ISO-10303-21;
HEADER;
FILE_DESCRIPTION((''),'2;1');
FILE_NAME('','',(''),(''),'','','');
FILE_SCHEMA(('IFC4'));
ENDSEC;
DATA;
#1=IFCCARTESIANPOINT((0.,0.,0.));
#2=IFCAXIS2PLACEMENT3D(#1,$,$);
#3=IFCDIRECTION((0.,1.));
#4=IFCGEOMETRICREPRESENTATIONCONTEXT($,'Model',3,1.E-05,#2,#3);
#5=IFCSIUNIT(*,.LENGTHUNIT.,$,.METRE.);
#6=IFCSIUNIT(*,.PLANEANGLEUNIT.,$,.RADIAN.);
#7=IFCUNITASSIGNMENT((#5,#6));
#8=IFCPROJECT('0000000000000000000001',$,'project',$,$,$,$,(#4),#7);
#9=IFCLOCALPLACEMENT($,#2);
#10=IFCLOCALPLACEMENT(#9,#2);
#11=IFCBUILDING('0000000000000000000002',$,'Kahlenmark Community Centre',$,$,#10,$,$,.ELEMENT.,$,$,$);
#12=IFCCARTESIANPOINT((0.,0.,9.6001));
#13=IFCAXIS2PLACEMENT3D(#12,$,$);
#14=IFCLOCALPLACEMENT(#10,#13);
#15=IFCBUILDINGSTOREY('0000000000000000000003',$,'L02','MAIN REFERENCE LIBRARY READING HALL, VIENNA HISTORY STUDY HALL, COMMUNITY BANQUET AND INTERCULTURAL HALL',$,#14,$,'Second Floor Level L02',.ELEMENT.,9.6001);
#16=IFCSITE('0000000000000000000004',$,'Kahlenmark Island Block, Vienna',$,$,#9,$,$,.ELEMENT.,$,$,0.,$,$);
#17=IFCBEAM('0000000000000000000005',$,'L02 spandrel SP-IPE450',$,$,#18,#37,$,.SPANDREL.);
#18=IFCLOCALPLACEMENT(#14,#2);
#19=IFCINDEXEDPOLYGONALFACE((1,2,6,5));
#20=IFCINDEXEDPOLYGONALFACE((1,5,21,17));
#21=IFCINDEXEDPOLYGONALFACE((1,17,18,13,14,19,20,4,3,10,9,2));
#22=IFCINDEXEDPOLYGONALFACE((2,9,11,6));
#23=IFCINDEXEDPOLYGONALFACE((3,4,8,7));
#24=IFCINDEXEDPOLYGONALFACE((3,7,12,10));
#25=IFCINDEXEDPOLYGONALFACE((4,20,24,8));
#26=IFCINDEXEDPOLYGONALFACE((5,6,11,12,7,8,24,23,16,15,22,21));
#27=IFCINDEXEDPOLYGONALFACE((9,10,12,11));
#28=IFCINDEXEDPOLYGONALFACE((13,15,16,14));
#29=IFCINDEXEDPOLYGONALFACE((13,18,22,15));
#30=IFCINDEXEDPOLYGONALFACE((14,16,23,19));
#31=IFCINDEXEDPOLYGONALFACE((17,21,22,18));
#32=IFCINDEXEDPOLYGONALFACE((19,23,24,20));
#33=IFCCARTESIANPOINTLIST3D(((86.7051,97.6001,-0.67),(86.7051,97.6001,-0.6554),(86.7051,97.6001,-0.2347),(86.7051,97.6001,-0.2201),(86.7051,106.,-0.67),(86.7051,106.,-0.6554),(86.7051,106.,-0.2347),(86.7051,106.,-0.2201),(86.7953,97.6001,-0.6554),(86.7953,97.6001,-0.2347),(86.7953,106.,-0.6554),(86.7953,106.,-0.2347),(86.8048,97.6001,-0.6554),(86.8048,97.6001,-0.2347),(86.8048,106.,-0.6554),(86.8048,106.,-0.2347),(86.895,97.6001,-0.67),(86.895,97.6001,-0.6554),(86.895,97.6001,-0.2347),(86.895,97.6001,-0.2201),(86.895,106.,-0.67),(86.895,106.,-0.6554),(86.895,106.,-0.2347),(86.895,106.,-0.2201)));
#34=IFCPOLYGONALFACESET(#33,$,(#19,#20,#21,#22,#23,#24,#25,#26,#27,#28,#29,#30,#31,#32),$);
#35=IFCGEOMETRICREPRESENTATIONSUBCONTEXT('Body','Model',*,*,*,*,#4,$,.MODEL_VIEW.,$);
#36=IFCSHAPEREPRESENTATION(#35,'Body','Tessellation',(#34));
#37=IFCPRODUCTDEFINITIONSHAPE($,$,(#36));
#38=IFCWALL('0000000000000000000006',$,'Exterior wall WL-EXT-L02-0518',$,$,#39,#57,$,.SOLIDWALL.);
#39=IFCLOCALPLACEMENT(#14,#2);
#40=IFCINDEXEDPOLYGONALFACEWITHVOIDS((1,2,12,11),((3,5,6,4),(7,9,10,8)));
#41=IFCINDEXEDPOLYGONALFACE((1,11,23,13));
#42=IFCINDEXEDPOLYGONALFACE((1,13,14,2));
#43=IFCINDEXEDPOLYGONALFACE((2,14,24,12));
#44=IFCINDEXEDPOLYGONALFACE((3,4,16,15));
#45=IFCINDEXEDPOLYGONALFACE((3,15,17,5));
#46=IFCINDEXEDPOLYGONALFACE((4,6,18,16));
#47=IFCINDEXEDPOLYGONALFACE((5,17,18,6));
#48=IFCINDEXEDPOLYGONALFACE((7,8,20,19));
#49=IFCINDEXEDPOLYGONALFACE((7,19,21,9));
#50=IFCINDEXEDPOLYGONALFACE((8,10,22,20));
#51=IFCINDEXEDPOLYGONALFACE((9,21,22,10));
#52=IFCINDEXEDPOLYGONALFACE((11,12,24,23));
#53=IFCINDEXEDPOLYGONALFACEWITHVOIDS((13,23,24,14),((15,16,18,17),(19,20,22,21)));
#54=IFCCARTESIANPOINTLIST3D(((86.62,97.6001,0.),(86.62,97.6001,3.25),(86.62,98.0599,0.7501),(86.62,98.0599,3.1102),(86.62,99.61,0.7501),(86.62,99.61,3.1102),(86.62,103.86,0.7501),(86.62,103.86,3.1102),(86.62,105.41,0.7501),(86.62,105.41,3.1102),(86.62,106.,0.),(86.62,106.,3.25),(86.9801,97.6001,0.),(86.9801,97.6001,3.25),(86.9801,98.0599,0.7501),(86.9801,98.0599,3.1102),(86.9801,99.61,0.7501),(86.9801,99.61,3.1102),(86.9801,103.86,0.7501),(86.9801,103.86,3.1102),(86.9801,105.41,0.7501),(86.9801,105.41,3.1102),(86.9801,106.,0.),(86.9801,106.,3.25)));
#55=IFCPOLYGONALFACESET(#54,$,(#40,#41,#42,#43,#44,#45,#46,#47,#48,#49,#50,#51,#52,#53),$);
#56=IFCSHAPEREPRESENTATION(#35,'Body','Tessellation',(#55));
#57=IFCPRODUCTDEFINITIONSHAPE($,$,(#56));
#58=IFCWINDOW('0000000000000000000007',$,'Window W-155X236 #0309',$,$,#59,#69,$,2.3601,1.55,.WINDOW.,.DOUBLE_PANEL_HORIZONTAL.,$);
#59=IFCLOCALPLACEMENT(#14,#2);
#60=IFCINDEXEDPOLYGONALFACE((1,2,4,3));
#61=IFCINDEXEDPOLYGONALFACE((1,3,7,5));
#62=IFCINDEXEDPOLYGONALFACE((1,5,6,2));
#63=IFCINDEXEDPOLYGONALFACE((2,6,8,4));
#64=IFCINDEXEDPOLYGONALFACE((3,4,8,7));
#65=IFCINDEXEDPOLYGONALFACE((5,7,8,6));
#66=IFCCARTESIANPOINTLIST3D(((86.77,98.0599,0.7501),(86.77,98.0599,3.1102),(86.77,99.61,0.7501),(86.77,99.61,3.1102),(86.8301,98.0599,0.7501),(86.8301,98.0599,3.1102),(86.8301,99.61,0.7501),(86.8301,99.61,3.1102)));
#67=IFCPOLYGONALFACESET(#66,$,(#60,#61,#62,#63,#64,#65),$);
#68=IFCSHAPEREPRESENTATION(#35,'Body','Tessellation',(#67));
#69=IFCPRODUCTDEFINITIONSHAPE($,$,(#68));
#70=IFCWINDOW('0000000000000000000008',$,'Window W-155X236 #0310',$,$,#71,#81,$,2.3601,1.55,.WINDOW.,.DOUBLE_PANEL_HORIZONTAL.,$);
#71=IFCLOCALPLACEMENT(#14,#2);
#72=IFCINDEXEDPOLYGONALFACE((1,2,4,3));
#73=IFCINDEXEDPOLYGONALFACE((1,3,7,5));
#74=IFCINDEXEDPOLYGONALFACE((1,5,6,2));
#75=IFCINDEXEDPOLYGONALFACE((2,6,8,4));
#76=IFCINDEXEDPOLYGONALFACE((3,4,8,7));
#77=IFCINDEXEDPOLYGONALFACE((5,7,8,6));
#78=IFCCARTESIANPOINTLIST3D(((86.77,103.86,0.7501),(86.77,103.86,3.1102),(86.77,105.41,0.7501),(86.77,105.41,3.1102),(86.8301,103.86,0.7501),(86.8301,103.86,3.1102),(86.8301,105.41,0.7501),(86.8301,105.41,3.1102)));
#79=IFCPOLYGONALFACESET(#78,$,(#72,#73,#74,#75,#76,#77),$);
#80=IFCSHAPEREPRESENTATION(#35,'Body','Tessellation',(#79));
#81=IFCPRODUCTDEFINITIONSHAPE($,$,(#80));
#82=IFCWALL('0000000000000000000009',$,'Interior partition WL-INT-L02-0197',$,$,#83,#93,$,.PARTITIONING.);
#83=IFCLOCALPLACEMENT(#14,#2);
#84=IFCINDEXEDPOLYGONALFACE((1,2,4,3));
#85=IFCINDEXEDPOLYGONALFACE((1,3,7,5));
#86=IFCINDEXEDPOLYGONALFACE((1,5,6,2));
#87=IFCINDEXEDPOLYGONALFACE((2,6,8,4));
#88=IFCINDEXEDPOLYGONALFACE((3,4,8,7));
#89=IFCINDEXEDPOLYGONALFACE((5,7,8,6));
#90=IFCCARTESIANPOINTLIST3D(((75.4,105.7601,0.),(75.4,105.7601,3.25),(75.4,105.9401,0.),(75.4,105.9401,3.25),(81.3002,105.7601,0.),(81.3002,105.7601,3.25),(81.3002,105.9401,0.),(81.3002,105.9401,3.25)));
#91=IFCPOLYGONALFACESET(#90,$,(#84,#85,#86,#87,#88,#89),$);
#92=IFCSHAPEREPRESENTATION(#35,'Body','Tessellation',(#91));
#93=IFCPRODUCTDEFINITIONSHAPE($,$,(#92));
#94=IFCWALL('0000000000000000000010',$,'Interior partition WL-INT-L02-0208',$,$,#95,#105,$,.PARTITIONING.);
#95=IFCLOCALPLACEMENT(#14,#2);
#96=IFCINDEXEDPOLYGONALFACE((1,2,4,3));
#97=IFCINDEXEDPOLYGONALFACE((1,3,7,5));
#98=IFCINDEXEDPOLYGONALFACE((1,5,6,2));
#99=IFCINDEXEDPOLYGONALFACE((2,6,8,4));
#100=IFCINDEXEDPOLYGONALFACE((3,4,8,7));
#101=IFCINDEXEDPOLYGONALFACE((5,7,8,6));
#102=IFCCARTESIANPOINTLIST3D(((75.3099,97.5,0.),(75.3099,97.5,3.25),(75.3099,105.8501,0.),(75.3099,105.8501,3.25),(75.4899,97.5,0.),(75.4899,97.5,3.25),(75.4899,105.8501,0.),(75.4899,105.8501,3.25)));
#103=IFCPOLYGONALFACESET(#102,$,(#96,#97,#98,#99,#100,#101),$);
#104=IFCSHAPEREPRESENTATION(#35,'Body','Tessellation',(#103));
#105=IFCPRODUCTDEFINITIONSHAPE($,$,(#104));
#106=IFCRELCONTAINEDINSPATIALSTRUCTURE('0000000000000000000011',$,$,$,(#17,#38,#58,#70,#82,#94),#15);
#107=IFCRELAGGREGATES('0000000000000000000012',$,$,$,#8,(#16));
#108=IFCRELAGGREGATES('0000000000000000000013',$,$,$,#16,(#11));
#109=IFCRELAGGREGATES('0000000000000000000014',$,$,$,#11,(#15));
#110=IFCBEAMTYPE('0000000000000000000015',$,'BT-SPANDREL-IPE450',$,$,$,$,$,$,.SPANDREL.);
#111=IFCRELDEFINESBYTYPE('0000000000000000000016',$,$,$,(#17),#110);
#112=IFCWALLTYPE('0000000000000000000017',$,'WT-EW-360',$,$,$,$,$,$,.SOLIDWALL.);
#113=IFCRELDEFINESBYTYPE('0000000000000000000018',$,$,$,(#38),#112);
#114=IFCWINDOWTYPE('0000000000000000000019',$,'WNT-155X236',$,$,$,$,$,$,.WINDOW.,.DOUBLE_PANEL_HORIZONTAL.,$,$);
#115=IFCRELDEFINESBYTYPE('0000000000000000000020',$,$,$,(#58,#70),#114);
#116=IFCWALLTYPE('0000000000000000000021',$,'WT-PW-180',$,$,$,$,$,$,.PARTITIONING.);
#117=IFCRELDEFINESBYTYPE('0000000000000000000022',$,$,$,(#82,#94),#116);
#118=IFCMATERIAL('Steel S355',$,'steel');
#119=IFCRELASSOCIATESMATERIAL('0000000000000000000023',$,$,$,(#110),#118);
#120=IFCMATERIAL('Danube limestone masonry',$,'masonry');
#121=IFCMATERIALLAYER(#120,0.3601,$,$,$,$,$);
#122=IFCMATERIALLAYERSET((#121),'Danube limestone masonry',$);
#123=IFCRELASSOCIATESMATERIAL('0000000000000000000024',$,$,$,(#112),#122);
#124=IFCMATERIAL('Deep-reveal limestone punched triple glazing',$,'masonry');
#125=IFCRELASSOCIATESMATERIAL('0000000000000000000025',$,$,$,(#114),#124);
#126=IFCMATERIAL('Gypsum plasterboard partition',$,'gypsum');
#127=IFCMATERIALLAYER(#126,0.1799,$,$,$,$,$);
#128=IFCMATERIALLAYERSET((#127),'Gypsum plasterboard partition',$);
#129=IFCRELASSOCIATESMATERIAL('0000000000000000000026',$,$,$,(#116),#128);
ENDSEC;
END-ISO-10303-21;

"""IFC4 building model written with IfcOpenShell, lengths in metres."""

from ifc_helpers import new_model, si_unit, direction, frame, frame_2d, origin, origin_2d, place, context, subcontext, project, spatial, rectangle, i_section, extrude, material, layer, layer_set, material_profile, profile_set, type_object, element, fill, save


model = new_model("IFC4")

# Units and contexts
model_context = context("Model", 3, precision=1e-05, world=origin(), true_north=direction((0.0, 1.0)))
body_context = subcontext(model_context, "Body", "Model", "MODEL_VIEW")
ifc_project = project(units=[si_unit("LENGTHUNIT", "METRE"), si_unit("PLANEANGLEUNIT", "RADIAN")], contexts=[model_context])

# Site, building, storey
site_placement = place(None, origin())
site = spatial("IfcSite", under=ifc_project, at=site_placement, Name="Kahlenmark Island Block, Vienna", CompositionType="ELEMENT", RefElevation=0.0)
building_placement = place(site_placement, origin())
building = spatial("IfcBuilding", under=site, at=building_placement, Name="Kahlenmark Community Centre", CompositionType="ELEMENT")
storey_placement = place(building_placement, frame((0.0, 0.0, 9.6001)))
storey = spatial("IfcBuildingStorey", under=building, at=storey_placement, Name="L02", Description="MAIN REFERENCE LIBRARY READING HALL, VIENNA HISTORY STUDY HALL, COMMUNITY BANQUET AND INTERCULTURAL HALL", LongName="Second Floor Level L02", CompositionType="ELEMENT", Elevation=9.6001)

# Beam
ifc_material_1 = material(Name="Steel S355", Category="steel")
ifc_material_profile_1 = material_profile(ifc_material_1, i_section(OverallWidth=0.1899, OverallDepth=0.45, WebThickness=0.0095, FlangeThickness=0.0146, at=origin_2d()), Name="IPE 450")
ifc_profile_set_1 = profile_set([ifc_material_profile_1], Name="Steel S355")
beam_type_1 = type_object("IfcBeamType", Name="BT-SPANDREL-IPE450", PredefinedType="SPANDREL", material=ifc_profile_set_1)
beam_1_placement = place(storey_placement, frame((86.8, 97.6001, -0.4451), z_axis=(0.0, 1.0, 0.0), x_axis=(-1.0, 0.0, 0.0)))
element("IfcBeam", 1, at=beam_1_placement, inside=storey, type_object=beam_type_1, Name="L02 spandrel SP-IPE450", PredefinedType="SPANDREL", context=body_context, shape_type="SweptSolid", body=[
    extrude(i_section(OverallWidth=0.1899, OverallDepth=0.45, WebThickness=0.0095, FlangeThickness=0.0146, at=origin_2d()), origin(), (0.0, 0.0, 1.0), 8.3999),
])

# Wall, openings, windows
ifc_material_2 = material(Name="Danube limestone masonry", Category="masonry")
ifc_layer_1 = layer(ifc_material_2, 0.3601)
ifc_layer_set_1 = layer_set([ifc_layer_1], Name="Danube limestone masonry")
wall_type_1 = type_object("IfcWallType", Name="WT-EW-360", PredefinedType="SOLIDWALL", material=ifc_layer_set_1)
wall_1_placement = place(storey_placement, frame((86.8, 97.6001, 0.0), z_axis=(0.0, 0.0, 1.0), x_axis=(0.0, 1.0, 0.0)))
wall_1 = element("IfcWall", 2, at=wall_1_placement, inside=storey, type_object=wall_type_1, Name="Exterior wall WL-EXT-L02-0518", PredefinedType="SOLIDWALL", context=body_context, shape_type="SweptSolid", body=[
    extrude(rectangle(XDim=8.3999, YDim=0.3601, at=frame_2d((4.2, 0.0))), origin(), (0.0, 0.0, 1.0), 3.25),
])
opening_1_placement = place(wall_1_placement, frame((0.46, 0.0, 0.75)))
opening_1 = element("IfcOpeningElement", 3, at=opening_1_placement, cuts=wall_1, PredefinedType="OPENING", context=body_context, shape_type="SweptSolid", body=[
    extrude(rectangle(XDim=1.55, YDim=2.3601, at=frame_2d((0.7749, 1.1802))), frame((0.0, 0.1899, 0.0), z_axis=(0.0, -1.0, 0.0), x_axis=(1.0, 0.0, 0.0)), (0.0, 0.0, 1.0), 0.3801),
])
opening_2_placement = place(wall_1_placement, frame((6.26, 0.0, 0.75)))
opening_2 = element("IfcOpeningElement", 4, at=opening_2_placement, cuts=wall_1, PredefinedType="OPENING", context=body_context, shape_type="SweptSolid", body=[
    extrude(rectangle(XDim=1.55, YDim=2.3601, at=frame_2d((0.7749, 1.1802))), frame((0.0, 0.1899, 0.0), z_axis=(0.0, -1.0, 0.0), x_axis=(1.0, 0.0, 0.0)), (0.0, 0.0, 1.0), 0.3801),
])
ifc_material_3 = material(Name="Deep-reveal limestone punched triple glazing", Category="masonry")
window_type = type_object("IfcWindowType", Name="WNT-155X236", PartitioningType="DOUBLE_PANEL_HORIZONTAL", PredefinedType="WINDOW", material=ifc_material_3)
window_1_placement = place(opening_1_placement, origin())
window_1 = element("IfcWindow", 5, at=window_1_placement, inside=storey, type_object=window_type, Name="Window W-155X236 #0309", OverallHeight=2.3601, OverallWidth=1.55, PartitioningType="DOUBLE_PANEL_HORIZONTAL", PredefinedType="WINDOW", context=body_context, shape_type="SweptSolid", body=[
    extrude(rectangle(XDim=1.55, YDim=2.3601, at=frame_2d((0.7749, 1.1802))), frame((0.0, 0.03, 0.0), z_axis=(0.0, -1.0, 0.0), x_axis=(1.0, 0.0, 0.0)), (0.0, 0.0, 1.0), 0.0601),
])
fill(opening_1, window_1)
window_2_placement = place(opening_2_placement, origin())
window_2 = element("IfcWindow", 6, at=window_2_placement, inside=storey, type_object=window_type, Name="Window W-155X236 #0310", OverallHeight=2.3601, OverallWidth=1.55, PartitioningType="DOUBLE_PANEL_HORIZONTAL", PredefinedType="WINDOW", context=body_context, shape_type="SweptSolid", body=[
    extrude(rectangle(XDim=1.55, YDim=2.3601, at=frame_2d((0.7749, 1.1802))), frame((0.0, 0.03, 0.0), z_axis=(0.0, -1.0, 0.0), x_axis=(1.0, 0.0, 0.0)), (0.0, 0.0, 1.0), 0.0601),
])
fill(opening_2, window_2)

# Wall
ifc_material_4 = material(Name="Gypsum plasterboard partition", Category="gypsum")
ifc_layer_2 = layer(ifc_material_4, 0.1799)
ifc_layer_set_2 = layer_set([ifc_layer_2], Name="Gypsum plasterboard partition")
wall_type_2 = type_object("IfcWallType", Name="WT-PW-180", PredefinedType="PARTITIONING", material=ifc_layer_set_2)
wall_2_placement = place(storey_placement, frame((75.3999, 105.8501, 0.0), z_axis=(0.0, 0.0, 1.0), x_axis=(1.0, 0.0, 0.0)))
element("IfcWall", 7, at=wall_2_placement, inside=storey, type_object=wall_type_2, Name="Interior partition WL-INT-L02-0197", PredefinedType="PARTITIONING", context=body_context, shape_type="SweptSolid", body=[
    extrude(rectangle(XDim=5.9001, YDim=0.1799, at=frame_2d((2.9502, 0.0))), origin(), (0.0, 0.0, 1.0), 3.25),
])

# Wall
wall_3_placement = place(storey_placement, frame((75.3999, 97.5, 0.0), z_axis=(0.0, 0.0, 1.0), x_axis=(0.0, 1.0, 0.0)))
element("IfcWall", 8, at=wall_3_placement, inside=storey, type_object=wall_type_2, Name="Interior partition WL-INT-L02-0208", PredefinedType="PARTITIONING", context=body_context, shape_type="SweptSolid", body=[
    extrude(rectangle(XDim=8.3501, YDim=0.1799, at=frame_2d((4.175, 0.0))), origin(), (0.0, 0.0, 1.0), 3.25),
])

save(model, "model.ifc")
